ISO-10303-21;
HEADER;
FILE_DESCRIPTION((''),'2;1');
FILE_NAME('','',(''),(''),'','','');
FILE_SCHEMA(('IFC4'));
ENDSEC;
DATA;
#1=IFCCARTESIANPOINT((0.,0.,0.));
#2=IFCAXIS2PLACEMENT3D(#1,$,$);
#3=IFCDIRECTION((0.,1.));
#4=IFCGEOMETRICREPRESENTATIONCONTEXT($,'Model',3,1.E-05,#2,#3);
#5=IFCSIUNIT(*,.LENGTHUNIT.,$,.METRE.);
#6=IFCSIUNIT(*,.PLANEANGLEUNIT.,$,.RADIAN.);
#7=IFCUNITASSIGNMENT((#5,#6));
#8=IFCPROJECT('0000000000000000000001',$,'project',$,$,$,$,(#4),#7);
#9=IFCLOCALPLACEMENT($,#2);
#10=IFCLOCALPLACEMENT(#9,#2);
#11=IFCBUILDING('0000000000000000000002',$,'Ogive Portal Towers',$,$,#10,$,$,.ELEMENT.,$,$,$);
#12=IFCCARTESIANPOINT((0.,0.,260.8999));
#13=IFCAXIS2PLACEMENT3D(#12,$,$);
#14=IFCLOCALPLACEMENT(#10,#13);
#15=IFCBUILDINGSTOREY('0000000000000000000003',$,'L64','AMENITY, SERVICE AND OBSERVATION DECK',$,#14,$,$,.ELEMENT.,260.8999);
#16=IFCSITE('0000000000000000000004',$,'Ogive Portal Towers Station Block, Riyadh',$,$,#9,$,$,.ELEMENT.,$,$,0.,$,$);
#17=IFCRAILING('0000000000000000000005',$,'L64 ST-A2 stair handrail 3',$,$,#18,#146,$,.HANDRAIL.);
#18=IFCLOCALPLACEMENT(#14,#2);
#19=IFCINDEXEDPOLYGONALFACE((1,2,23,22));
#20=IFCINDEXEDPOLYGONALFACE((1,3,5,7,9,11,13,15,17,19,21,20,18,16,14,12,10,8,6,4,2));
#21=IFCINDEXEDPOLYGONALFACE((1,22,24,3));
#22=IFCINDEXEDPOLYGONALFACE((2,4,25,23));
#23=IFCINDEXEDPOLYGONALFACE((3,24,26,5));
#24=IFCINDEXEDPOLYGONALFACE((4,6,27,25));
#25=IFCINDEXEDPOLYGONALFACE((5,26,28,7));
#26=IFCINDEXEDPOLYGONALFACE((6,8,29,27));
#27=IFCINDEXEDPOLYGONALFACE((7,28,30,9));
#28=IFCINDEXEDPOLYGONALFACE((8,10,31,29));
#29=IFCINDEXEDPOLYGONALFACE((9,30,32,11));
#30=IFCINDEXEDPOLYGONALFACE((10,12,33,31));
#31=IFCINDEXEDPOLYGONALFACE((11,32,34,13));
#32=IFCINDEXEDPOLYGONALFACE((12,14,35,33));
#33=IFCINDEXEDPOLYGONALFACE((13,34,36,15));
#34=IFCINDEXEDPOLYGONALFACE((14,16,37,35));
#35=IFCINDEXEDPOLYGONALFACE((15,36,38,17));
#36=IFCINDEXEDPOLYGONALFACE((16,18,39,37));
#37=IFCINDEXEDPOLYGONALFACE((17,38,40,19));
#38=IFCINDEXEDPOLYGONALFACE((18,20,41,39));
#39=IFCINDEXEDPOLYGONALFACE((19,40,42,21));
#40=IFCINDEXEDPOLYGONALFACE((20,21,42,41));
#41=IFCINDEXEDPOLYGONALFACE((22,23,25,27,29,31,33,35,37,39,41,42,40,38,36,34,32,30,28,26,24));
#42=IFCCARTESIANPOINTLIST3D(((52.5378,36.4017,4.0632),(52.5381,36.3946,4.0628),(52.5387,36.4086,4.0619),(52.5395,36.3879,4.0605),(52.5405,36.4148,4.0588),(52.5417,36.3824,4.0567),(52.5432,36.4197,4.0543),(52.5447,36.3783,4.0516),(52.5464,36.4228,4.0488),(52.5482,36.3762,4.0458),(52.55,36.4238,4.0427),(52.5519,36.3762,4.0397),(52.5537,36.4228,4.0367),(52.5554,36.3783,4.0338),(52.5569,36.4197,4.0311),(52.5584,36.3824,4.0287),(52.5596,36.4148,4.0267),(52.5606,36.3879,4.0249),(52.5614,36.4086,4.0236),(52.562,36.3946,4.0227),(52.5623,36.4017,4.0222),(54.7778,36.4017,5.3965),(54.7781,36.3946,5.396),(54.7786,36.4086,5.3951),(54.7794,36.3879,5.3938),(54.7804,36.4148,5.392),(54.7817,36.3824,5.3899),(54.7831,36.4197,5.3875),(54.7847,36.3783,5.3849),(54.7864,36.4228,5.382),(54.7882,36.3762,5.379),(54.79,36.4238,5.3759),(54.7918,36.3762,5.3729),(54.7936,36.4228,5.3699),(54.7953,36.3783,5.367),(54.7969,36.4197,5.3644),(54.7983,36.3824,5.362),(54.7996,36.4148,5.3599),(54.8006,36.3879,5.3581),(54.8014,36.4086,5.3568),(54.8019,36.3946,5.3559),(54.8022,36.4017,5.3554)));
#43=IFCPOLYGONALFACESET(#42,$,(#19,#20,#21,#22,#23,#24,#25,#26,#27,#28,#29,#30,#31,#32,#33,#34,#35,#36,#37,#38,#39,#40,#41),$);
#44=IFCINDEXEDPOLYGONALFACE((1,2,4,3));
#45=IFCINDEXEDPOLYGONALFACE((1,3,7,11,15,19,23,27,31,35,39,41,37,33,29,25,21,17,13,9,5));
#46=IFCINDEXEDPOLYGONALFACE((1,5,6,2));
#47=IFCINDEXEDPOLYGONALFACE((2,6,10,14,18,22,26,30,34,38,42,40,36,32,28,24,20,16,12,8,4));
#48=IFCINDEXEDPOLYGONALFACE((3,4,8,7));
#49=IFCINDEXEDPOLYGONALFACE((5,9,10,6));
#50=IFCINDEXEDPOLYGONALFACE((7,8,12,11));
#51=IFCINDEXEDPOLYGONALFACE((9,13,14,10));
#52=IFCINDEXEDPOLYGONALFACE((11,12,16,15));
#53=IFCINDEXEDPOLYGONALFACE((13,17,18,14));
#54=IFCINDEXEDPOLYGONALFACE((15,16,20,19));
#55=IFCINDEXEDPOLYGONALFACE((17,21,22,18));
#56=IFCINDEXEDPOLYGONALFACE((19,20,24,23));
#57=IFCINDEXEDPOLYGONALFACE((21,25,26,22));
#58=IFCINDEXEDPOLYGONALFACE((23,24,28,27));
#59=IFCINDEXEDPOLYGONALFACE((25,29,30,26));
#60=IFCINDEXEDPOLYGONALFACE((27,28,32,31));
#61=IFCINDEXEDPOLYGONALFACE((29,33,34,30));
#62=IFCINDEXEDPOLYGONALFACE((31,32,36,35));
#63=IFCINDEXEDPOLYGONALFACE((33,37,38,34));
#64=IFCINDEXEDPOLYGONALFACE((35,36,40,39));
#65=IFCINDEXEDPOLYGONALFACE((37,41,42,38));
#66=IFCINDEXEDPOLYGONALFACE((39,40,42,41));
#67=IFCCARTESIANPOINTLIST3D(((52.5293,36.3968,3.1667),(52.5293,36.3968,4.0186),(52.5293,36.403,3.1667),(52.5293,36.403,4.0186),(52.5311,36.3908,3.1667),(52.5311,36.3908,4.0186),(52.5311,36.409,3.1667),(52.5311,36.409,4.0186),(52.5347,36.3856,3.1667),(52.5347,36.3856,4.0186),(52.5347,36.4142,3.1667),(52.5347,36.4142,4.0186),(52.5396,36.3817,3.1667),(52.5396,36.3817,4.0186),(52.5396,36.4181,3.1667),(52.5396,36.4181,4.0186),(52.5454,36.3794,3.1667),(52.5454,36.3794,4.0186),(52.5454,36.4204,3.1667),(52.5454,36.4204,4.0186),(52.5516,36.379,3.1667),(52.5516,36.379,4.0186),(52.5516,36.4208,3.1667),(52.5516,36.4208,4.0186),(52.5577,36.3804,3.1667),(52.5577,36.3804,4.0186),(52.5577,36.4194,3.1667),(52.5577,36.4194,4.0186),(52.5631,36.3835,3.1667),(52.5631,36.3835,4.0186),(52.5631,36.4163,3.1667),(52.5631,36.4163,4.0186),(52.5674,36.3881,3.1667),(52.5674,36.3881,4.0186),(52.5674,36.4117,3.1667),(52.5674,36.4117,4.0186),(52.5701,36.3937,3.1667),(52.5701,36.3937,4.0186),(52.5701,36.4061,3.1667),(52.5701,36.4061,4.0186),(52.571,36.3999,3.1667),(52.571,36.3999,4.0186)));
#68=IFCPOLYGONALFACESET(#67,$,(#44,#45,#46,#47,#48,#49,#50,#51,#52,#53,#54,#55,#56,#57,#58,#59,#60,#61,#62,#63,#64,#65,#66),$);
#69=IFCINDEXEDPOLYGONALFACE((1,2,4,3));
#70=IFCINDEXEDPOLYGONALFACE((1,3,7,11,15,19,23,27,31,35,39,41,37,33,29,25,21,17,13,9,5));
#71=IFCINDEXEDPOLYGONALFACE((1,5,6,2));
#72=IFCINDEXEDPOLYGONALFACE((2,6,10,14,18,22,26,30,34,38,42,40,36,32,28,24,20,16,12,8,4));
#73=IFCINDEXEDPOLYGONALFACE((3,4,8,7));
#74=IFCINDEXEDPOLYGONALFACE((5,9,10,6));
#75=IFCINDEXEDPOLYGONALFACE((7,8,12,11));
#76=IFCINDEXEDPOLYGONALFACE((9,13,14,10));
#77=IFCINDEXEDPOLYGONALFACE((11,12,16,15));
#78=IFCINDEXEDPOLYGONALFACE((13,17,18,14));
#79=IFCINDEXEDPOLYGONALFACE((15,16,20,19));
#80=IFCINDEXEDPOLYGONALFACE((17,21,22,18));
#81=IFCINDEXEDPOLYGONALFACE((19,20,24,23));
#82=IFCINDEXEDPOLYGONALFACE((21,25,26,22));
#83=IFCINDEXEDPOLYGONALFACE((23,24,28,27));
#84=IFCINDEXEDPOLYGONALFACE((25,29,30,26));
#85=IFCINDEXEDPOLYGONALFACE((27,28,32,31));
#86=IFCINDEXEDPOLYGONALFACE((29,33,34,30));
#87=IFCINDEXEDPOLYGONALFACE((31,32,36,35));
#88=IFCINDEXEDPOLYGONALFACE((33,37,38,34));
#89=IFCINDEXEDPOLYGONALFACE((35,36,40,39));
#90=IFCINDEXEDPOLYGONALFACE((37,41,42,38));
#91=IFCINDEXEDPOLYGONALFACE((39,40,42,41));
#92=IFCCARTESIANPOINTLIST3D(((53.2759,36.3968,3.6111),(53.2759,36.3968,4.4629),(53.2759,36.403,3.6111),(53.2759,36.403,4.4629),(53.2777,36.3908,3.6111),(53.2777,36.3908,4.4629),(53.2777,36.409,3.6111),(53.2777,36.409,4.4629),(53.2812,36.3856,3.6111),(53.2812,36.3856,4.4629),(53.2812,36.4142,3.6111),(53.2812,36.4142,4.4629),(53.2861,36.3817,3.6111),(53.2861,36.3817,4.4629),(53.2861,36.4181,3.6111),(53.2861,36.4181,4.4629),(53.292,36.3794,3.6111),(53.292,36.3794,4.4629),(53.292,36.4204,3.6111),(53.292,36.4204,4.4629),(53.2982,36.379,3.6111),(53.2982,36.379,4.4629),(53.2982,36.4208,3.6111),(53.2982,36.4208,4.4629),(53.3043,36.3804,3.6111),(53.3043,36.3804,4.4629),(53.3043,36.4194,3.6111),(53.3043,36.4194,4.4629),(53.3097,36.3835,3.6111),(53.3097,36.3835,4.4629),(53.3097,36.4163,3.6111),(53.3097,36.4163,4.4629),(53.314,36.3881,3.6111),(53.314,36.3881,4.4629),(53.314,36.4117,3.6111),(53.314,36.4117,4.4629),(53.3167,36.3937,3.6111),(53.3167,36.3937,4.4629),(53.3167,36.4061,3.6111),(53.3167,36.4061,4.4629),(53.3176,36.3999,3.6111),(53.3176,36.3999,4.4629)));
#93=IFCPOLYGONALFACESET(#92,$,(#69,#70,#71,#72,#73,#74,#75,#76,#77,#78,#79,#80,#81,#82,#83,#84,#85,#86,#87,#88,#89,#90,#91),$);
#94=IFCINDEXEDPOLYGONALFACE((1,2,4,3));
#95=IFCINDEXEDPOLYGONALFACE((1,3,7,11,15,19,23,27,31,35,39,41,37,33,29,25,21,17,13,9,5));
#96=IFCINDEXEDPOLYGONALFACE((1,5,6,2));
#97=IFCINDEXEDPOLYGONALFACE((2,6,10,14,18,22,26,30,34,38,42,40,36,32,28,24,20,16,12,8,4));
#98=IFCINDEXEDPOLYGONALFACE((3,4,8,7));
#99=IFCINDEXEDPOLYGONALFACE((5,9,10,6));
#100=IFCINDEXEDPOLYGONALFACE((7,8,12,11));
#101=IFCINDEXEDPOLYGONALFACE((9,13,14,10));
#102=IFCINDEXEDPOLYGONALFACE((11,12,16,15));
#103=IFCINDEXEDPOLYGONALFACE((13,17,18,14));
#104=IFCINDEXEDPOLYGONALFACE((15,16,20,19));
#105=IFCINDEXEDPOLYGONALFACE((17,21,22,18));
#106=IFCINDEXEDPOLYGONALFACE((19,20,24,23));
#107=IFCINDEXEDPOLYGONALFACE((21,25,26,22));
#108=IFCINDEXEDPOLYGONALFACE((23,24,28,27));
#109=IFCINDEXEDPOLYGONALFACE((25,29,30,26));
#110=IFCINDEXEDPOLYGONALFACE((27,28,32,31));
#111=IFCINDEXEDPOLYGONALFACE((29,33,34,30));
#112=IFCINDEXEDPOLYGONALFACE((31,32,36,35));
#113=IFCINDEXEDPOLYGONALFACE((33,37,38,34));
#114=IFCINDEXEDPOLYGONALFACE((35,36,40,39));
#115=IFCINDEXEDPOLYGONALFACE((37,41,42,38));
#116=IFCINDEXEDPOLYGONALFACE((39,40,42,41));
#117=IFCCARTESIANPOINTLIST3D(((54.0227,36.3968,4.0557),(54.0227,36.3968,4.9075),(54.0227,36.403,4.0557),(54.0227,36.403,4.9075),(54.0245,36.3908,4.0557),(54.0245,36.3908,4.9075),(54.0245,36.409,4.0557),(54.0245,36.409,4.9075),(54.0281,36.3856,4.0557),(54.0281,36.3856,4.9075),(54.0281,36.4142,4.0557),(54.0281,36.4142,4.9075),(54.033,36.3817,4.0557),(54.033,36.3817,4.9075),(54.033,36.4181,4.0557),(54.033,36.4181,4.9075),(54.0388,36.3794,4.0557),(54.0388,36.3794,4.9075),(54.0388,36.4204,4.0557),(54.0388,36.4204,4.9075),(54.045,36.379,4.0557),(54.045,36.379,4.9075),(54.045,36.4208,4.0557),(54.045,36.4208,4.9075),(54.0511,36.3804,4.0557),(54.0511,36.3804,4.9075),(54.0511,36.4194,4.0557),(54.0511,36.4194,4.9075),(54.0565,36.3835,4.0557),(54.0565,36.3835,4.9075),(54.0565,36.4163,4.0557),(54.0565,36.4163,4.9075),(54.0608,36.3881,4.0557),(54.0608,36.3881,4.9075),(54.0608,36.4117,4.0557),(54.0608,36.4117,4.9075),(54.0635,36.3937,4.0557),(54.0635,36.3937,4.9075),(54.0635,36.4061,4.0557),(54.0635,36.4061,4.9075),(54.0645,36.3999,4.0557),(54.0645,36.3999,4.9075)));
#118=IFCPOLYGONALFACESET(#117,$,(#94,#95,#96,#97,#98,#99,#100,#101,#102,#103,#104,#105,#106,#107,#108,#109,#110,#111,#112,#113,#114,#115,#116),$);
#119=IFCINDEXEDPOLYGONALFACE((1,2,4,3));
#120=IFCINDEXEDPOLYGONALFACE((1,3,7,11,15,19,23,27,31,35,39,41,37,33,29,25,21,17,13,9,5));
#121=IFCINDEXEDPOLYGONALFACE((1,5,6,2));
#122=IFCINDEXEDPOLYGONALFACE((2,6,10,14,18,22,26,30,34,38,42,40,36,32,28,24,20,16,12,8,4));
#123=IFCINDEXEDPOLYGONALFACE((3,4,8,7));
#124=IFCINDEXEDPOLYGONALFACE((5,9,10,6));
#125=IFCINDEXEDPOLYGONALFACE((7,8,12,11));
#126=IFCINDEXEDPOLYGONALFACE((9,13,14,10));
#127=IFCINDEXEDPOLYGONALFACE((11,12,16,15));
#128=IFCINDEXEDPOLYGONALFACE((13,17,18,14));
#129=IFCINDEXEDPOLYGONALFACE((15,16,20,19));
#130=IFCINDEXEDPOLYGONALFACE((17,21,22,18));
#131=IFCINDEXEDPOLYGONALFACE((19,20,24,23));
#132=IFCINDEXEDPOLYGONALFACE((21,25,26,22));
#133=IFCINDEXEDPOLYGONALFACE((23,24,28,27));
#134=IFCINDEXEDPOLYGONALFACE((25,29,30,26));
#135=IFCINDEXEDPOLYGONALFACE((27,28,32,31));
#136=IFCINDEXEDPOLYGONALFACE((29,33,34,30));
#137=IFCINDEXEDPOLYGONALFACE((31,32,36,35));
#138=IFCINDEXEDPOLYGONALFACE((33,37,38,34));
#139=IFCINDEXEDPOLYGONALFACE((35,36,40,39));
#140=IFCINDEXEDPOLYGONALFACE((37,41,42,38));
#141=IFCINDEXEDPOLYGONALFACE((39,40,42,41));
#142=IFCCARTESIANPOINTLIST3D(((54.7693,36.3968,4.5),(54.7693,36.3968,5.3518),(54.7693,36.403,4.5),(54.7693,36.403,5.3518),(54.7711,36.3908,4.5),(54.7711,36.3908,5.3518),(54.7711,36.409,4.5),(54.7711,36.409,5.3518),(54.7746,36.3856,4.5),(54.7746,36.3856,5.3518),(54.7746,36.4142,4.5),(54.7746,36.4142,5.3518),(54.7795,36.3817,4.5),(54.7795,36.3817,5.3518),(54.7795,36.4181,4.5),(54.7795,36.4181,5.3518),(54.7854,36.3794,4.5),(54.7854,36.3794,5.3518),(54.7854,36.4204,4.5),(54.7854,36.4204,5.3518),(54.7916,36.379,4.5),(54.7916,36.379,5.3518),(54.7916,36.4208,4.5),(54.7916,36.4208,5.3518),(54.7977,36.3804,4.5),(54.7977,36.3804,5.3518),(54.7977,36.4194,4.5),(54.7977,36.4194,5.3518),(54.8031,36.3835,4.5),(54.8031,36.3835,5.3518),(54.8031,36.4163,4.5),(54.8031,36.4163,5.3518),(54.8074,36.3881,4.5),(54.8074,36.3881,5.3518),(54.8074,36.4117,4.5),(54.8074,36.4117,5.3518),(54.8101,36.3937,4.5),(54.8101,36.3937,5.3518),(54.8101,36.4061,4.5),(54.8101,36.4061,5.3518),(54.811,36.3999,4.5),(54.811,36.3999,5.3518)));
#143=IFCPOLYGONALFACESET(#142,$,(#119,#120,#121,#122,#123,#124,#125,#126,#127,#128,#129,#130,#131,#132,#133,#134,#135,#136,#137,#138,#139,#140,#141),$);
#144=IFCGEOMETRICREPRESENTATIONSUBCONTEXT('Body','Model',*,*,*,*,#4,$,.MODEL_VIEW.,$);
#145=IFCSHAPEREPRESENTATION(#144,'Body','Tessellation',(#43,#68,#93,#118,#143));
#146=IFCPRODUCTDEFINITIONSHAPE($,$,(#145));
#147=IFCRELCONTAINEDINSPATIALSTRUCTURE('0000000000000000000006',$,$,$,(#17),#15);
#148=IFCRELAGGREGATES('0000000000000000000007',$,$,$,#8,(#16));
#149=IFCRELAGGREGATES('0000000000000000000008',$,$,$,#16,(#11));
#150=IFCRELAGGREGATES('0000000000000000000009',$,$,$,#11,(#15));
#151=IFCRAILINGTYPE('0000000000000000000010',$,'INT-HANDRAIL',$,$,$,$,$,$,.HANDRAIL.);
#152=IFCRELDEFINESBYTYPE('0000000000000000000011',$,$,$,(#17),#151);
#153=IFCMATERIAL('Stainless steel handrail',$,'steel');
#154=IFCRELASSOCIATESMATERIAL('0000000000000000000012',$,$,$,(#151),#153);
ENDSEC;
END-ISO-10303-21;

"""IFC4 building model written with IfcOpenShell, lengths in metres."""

from ifc_helpers import new_model, si_unit, direction, frame, origin, origin_2d, place, context, subcontext, project, spatial, circle, extrude, material, type_object, element, save


model = new_model("IFC4")

# Units and contexts
model_context = context("Model", 3, precision=1e-05, world=origin(), true_north=direction((0.0, 1.0)))
body_context = subcontext(model_context, "Body", "Model", "MODEL_VIEW")
ifc_project = project(units=[si_unit("LENGTHUNIT", "METRE"), si_unit("PLANEANGLEUNIT", "RADIAN")], contexts=[model_context])

# Site, building, storey
site_placement = place(None, origin())
site = spatial("IfcSite", under=ifc_project, at=site_placement, Name="Ogive Portal Towers Station Block, Riyadh", CompositionType="ELEMENT", RefElevation=0.0)
building_placement = place(site_placement, origin())
building = spatial("IfcBuilding", under=site, at=building_placement, Name="Ogive Portal Towers", CompositionType="ELEMENT")
storey_placement = place(building_placement, frame((0.0, 0.0, 260.8999)))
storey = spatial("IfcBuildingStorey", under=building, at=storey_placement, Name="L64", Description="AMENITY, SERVICE AND OBSERVATION DECK", CompositionType="ELEMENT", Elevation=260.8999)

# Railing
ifc_material_1 = material(Name="Stainless steel handrail", Category="steel")
railing_type_1 = type_object("IfcRailingType", Name="INT-HANDRAIL", PredefinedType="HANDRAIL", material=ifc_material_1)
railing_1_placement = place(storey_placement, frame((52.55, 36.3999, 3.1667)))
element("IfcRailing", 1, at=railing_1_placement, inside=storey, type_object=railing_type_1, Name="L64 ST-A2 stair handrail 3", PredefinedType="HANDRAIL", context=body_context, shape_type="SweptSolid", body=[
    extrude(circle(Radius=0.0239, at=origin_2d()), frame((0.0, 0.0, 0.876), z_axis=(0.859306, 0.0, 0.511462), x_axis=(0.0, 1.0, 0.0)), (0.0, 0.0, 1.0), 2.6067),
    extrude(circle(Radius=0.021, at=origin_2d()), origin(), (0.0, 0.0, 1.0), 0.8518),
    extrude(circle(Radius=0.021, at=origin_2d()), frame((0.7466, 0.0, 0.4443)), (0.0, 0.0, 1.0), 0.8518),
    extrude(circle(Radius=0.021, at=origin_2d()), frame((1.4934, 0.0, 0.8889)), (0.0, 0.0, 1.0), 0.8518),
    extrude(circle(Radius=0.021, at=origin_2d()), frame((2.24, 0.0, 1.3333)), (0.0, 0.0, 1.0), 0.8518),
])

save(model, "model.ifc")
